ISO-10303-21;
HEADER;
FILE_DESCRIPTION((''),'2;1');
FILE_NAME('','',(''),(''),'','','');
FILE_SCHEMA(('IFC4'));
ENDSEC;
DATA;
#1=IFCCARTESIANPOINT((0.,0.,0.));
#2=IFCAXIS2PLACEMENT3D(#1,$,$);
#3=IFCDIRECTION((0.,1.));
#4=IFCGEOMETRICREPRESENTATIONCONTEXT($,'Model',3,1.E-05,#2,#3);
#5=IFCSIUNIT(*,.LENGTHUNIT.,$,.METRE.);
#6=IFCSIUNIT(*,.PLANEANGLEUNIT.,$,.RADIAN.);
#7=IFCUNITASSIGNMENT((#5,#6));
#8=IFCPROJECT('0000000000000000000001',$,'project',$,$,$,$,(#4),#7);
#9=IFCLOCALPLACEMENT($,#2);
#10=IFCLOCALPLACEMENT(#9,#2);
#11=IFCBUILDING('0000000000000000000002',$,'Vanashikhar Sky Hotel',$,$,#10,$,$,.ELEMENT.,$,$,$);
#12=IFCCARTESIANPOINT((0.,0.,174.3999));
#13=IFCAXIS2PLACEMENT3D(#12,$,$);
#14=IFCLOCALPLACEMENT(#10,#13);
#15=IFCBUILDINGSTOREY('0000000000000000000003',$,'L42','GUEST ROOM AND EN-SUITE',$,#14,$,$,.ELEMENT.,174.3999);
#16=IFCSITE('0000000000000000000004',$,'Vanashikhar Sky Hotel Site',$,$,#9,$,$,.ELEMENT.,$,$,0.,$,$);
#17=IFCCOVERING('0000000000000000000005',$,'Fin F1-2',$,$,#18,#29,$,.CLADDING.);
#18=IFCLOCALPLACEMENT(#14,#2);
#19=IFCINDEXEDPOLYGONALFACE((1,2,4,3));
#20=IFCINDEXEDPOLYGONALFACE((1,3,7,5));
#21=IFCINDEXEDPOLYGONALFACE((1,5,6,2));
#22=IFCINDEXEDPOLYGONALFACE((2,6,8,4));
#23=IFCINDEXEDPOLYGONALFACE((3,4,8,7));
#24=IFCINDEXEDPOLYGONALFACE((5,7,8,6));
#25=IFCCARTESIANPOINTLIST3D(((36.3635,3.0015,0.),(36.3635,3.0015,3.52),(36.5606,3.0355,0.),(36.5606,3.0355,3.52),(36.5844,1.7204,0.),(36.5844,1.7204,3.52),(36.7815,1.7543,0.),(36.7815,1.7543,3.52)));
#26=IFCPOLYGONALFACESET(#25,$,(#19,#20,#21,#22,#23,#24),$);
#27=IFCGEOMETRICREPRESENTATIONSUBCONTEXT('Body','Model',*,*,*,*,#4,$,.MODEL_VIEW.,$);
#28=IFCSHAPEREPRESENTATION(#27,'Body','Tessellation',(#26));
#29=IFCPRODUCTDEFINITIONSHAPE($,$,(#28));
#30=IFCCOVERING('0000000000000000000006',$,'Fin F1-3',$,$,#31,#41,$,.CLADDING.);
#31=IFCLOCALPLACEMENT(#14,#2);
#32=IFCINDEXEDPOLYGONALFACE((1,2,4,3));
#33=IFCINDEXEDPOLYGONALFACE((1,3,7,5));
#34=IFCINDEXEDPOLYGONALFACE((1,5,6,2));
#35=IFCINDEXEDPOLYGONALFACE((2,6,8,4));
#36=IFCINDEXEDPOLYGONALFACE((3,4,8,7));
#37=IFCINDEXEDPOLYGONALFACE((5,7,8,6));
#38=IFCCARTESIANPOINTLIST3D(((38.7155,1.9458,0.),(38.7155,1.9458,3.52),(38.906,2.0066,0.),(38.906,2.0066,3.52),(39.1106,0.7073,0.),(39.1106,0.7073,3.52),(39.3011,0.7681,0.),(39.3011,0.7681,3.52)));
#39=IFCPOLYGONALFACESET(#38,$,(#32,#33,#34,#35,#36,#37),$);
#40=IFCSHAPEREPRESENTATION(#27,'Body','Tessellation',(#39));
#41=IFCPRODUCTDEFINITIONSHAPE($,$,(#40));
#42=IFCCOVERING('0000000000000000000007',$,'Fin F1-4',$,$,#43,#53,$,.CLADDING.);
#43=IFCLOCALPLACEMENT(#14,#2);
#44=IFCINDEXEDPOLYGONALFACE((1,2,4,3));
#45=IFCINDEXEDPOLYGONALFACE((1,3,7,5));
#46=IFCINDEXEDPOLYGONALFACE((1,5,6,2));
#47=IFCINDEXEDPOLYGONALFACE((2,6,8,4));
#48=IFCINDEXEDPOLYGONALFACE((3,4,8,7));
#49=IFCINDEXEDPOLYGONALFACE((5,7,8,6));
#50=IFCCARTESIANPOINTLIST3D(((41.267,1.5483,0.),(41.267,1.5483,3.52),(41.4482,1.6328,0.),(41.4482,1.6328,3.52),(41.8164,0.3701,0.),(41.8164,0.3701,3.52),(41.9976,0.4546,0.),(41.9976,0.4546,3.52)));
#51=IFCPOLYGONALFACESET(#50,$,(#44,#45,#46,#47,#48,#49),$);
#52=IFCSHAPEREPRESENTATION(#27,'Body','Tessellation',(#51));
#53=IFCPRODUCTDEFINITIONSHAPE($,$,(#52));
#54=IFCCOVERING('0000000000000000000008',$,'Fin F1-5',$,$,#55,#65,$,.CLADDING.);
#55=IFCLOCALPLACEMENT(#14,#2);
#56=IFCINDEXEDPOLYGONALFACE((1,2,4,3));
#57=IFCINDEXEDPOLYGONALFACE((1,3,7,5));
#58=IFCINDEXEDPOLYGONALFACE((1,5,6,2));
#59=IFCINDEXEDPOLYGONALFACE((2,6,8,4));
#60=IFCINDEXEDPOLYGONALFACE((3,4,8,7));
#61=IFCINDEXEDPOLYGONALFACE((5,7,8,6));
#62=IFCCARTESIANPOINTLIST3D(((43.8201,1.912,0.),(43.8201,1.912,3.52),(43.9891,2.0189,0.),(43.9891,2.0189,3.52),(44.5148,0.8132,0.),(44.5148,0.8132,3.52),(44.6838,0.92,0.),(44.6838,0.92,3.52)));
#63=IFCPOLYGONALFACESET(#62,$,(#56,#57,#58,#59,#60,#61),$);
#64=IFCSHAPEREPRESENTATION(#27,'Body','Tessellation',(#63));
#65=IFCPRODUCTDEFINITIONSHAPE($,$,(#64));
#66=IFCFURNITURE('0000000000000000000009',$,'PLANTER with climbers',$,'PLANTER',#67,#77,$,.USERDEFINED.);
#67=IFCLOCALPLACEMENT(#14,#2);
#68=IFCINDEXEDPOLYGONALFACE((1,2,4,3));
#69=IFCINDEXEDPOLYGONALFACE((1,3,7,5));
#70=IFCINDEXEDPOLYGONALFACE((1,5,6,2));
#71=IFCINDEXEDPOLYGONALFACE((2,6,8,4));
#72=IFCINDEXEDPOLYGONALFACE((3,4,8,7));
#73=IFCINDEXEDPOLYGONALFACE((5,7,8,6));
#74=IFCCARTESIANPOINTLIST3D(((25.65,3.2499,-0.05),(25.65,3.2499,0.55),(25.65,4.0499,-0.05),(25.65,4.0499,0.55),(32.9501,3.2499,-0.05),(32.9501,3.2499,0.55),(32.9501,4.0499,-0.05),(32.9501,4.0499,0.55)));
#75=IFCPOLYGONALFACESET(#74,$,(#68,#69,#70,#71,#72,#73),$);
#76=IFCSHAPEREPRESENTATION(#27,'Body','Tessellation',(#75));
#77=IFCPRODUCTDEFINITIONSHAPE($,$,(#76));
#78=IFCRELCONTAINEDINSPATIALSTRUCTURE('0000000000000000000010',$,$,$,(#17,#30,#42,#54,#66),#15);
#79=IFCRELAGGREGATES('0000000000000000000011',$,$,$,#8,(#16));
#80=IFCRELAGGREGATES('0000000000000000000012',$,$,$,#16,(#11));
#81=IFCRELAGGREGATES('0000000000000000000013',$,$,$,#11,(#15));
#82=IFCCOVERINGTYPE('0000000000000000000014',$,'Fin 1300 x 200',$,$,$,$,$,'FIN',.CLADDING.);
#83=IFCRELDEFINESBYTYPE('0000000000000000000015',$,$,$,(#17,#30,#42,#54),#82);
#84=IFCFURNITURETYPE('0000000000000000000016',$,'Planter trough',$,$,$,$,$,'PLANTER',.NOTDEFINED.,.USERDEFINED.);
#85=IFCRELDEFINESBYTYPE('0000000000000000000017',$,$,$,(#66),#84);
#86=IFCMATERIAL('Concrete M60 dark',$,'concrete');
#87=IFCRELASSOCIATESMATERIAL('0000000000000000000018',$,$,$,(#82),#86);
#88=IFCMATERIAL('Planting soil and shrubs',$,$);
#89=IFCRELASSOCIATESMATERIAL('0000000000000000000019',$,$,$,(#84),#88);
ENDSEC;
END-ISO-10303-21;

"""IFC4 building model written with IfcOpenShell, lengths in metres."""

from ifc_helpers import new_model, si_unit, direction, frame, origin, origin_2d, place, context, subcontext, project, spatial, rectangle, extrude, source, transform, mapped, material, material_profile, profile_set, type_object, element, save


model = new_model("IFC4")

# Units and contexts
model_context = context("Model", 3, precision=1e-05, world=origin(), true_north=direction((0.0, 1.0)))
body_context = subcontext(model_context, "Body", "Model", "MODEL_VIEW")
ifc_project = project(units=[si_unit("LENGTHUNIT", "METRE"), si_unit("PLANEANGLEUNIT", "RADIAN")], contexts=[model_context])

# Site, building, storey
site_placement = place(None, origin())
site = spatial("IfcSite", under=ifc_project, at=site_placement, Name="Vanashikhar Sky Hotel Site", CompositionType="ELEMENT", RefElevation=0.0)
building_placement = place(site_placement, origin())
building = spatial("IfcBuilding", under=site, at=building_placement, Name="Vanashikhar Sky Hotel", CompositionType="ELEMENT")
storey_placement = place(building_placement, frame((0.0, 0.0, 174.3999)))
storey = spatial("IfcBuildingStorey", under=building, at=storey_placement, Name="L42", Description="GUEST ROOM AND EN-SUITE", CompositionType="ELEMENT", Elevation=174.3999)

# Coverings
ifc_material_1 = material(Name="Concrete M60 dark", Category="concrete")
ifc_material_profile = material_profile(ifc_material_1, rectangle(XDim=1.3, YDim=0.2, at=origin_2d()))
ifc_profile_set = profile_set([ifc_material_profile], Name="Fin 1300 x 200")
covering_type_1 = type_object("IfcCoveringType", Name="Fin 1300 x 200", ElementType="FIN", PredefinedType="CLADDING", material=ifc_profile_set)
shared_shape_1 = source(origin(), body_context, "Body", "SweptSolid", [
    extrude(rectangle(XDim=1.3, YDim=0.2, at=origin_2d()), origin(), (0.0, 0.0, 1.0), 3.52),
])
for number, where, z_axis, x_axis, name in (
    (1, (36.5725, 2.3779, 0.0), (0.0, 0.0, 1.0), (0.1699, -0.985461, 0.0), "Fin F1-2"),
    (2, (39.0083, 1.3569, 0.0), (0.0, 0.0, 1.0), (0.303967, -0.952683, 0.0), "Fin F1-3"),
    (3, (41.6323, 1.0015, 0.0), (0.0, 0.0, 1.0), (0.422618, -0.906308, 0.0), "Fin F1-4"),
    (4, (44.252, 1.416, 0.0), (0.0, 0.0, 1.0), (0.534411, -0.845225, 0.0), "Fin F1-5"),
):
    element("IfcCovering", number, at=place(storey_placement, frame(where, z_axis=z_axis, x_axis=x_axis)), inside=storey, type_object=covering_type_1, Name=name, PredefinedType="CLADDING", context=body_context, shape_type="MappedRepresentation", body=[
        mapped(shared_shape_1, transform((0.0, 0.0, 0.0), scale=1.0)),
    ])

# Furniture
ifc_material_2 = material(Name="Planting soil and shrubs")
furniture_type = type_object("IfcFurnitureType", Name="Planter trough", ElementType="PLANTER", AssemblyPlace="NOTDEFINED", PredefinedType="USERDEFINED", material=ifc_material_2)
shared_shape_2 = source(origin(), body_context, "Body", "SweptSolid", [
    extrude(rectangle(XDim=7.3, YDim=0.8, at=origin_2d()), origin(), (0.0, 0.0, 1.0), 0.6001),
])
furniture_placement = place(storey_placement, frame((29.3, 3.6499, -0.05), z_axis=(0.0, 0.0, 1.0), x_axis=(1.0, 0.0, 0.0)))
element("IfcFurniture", 5, at=furniture_placement, inside=storey, type_object=furniture_type, Name="PLANTER with climbers", ObjectType="PLANTER", PredefinedType="USERDEFINED", context=body_context, shape_type="MappedRepresentation", body=[
    mapped(shared_shape_2, transform((0.0, 0.0, 0.0), scale=1.0)),
])

save(model, "model.ifc")
